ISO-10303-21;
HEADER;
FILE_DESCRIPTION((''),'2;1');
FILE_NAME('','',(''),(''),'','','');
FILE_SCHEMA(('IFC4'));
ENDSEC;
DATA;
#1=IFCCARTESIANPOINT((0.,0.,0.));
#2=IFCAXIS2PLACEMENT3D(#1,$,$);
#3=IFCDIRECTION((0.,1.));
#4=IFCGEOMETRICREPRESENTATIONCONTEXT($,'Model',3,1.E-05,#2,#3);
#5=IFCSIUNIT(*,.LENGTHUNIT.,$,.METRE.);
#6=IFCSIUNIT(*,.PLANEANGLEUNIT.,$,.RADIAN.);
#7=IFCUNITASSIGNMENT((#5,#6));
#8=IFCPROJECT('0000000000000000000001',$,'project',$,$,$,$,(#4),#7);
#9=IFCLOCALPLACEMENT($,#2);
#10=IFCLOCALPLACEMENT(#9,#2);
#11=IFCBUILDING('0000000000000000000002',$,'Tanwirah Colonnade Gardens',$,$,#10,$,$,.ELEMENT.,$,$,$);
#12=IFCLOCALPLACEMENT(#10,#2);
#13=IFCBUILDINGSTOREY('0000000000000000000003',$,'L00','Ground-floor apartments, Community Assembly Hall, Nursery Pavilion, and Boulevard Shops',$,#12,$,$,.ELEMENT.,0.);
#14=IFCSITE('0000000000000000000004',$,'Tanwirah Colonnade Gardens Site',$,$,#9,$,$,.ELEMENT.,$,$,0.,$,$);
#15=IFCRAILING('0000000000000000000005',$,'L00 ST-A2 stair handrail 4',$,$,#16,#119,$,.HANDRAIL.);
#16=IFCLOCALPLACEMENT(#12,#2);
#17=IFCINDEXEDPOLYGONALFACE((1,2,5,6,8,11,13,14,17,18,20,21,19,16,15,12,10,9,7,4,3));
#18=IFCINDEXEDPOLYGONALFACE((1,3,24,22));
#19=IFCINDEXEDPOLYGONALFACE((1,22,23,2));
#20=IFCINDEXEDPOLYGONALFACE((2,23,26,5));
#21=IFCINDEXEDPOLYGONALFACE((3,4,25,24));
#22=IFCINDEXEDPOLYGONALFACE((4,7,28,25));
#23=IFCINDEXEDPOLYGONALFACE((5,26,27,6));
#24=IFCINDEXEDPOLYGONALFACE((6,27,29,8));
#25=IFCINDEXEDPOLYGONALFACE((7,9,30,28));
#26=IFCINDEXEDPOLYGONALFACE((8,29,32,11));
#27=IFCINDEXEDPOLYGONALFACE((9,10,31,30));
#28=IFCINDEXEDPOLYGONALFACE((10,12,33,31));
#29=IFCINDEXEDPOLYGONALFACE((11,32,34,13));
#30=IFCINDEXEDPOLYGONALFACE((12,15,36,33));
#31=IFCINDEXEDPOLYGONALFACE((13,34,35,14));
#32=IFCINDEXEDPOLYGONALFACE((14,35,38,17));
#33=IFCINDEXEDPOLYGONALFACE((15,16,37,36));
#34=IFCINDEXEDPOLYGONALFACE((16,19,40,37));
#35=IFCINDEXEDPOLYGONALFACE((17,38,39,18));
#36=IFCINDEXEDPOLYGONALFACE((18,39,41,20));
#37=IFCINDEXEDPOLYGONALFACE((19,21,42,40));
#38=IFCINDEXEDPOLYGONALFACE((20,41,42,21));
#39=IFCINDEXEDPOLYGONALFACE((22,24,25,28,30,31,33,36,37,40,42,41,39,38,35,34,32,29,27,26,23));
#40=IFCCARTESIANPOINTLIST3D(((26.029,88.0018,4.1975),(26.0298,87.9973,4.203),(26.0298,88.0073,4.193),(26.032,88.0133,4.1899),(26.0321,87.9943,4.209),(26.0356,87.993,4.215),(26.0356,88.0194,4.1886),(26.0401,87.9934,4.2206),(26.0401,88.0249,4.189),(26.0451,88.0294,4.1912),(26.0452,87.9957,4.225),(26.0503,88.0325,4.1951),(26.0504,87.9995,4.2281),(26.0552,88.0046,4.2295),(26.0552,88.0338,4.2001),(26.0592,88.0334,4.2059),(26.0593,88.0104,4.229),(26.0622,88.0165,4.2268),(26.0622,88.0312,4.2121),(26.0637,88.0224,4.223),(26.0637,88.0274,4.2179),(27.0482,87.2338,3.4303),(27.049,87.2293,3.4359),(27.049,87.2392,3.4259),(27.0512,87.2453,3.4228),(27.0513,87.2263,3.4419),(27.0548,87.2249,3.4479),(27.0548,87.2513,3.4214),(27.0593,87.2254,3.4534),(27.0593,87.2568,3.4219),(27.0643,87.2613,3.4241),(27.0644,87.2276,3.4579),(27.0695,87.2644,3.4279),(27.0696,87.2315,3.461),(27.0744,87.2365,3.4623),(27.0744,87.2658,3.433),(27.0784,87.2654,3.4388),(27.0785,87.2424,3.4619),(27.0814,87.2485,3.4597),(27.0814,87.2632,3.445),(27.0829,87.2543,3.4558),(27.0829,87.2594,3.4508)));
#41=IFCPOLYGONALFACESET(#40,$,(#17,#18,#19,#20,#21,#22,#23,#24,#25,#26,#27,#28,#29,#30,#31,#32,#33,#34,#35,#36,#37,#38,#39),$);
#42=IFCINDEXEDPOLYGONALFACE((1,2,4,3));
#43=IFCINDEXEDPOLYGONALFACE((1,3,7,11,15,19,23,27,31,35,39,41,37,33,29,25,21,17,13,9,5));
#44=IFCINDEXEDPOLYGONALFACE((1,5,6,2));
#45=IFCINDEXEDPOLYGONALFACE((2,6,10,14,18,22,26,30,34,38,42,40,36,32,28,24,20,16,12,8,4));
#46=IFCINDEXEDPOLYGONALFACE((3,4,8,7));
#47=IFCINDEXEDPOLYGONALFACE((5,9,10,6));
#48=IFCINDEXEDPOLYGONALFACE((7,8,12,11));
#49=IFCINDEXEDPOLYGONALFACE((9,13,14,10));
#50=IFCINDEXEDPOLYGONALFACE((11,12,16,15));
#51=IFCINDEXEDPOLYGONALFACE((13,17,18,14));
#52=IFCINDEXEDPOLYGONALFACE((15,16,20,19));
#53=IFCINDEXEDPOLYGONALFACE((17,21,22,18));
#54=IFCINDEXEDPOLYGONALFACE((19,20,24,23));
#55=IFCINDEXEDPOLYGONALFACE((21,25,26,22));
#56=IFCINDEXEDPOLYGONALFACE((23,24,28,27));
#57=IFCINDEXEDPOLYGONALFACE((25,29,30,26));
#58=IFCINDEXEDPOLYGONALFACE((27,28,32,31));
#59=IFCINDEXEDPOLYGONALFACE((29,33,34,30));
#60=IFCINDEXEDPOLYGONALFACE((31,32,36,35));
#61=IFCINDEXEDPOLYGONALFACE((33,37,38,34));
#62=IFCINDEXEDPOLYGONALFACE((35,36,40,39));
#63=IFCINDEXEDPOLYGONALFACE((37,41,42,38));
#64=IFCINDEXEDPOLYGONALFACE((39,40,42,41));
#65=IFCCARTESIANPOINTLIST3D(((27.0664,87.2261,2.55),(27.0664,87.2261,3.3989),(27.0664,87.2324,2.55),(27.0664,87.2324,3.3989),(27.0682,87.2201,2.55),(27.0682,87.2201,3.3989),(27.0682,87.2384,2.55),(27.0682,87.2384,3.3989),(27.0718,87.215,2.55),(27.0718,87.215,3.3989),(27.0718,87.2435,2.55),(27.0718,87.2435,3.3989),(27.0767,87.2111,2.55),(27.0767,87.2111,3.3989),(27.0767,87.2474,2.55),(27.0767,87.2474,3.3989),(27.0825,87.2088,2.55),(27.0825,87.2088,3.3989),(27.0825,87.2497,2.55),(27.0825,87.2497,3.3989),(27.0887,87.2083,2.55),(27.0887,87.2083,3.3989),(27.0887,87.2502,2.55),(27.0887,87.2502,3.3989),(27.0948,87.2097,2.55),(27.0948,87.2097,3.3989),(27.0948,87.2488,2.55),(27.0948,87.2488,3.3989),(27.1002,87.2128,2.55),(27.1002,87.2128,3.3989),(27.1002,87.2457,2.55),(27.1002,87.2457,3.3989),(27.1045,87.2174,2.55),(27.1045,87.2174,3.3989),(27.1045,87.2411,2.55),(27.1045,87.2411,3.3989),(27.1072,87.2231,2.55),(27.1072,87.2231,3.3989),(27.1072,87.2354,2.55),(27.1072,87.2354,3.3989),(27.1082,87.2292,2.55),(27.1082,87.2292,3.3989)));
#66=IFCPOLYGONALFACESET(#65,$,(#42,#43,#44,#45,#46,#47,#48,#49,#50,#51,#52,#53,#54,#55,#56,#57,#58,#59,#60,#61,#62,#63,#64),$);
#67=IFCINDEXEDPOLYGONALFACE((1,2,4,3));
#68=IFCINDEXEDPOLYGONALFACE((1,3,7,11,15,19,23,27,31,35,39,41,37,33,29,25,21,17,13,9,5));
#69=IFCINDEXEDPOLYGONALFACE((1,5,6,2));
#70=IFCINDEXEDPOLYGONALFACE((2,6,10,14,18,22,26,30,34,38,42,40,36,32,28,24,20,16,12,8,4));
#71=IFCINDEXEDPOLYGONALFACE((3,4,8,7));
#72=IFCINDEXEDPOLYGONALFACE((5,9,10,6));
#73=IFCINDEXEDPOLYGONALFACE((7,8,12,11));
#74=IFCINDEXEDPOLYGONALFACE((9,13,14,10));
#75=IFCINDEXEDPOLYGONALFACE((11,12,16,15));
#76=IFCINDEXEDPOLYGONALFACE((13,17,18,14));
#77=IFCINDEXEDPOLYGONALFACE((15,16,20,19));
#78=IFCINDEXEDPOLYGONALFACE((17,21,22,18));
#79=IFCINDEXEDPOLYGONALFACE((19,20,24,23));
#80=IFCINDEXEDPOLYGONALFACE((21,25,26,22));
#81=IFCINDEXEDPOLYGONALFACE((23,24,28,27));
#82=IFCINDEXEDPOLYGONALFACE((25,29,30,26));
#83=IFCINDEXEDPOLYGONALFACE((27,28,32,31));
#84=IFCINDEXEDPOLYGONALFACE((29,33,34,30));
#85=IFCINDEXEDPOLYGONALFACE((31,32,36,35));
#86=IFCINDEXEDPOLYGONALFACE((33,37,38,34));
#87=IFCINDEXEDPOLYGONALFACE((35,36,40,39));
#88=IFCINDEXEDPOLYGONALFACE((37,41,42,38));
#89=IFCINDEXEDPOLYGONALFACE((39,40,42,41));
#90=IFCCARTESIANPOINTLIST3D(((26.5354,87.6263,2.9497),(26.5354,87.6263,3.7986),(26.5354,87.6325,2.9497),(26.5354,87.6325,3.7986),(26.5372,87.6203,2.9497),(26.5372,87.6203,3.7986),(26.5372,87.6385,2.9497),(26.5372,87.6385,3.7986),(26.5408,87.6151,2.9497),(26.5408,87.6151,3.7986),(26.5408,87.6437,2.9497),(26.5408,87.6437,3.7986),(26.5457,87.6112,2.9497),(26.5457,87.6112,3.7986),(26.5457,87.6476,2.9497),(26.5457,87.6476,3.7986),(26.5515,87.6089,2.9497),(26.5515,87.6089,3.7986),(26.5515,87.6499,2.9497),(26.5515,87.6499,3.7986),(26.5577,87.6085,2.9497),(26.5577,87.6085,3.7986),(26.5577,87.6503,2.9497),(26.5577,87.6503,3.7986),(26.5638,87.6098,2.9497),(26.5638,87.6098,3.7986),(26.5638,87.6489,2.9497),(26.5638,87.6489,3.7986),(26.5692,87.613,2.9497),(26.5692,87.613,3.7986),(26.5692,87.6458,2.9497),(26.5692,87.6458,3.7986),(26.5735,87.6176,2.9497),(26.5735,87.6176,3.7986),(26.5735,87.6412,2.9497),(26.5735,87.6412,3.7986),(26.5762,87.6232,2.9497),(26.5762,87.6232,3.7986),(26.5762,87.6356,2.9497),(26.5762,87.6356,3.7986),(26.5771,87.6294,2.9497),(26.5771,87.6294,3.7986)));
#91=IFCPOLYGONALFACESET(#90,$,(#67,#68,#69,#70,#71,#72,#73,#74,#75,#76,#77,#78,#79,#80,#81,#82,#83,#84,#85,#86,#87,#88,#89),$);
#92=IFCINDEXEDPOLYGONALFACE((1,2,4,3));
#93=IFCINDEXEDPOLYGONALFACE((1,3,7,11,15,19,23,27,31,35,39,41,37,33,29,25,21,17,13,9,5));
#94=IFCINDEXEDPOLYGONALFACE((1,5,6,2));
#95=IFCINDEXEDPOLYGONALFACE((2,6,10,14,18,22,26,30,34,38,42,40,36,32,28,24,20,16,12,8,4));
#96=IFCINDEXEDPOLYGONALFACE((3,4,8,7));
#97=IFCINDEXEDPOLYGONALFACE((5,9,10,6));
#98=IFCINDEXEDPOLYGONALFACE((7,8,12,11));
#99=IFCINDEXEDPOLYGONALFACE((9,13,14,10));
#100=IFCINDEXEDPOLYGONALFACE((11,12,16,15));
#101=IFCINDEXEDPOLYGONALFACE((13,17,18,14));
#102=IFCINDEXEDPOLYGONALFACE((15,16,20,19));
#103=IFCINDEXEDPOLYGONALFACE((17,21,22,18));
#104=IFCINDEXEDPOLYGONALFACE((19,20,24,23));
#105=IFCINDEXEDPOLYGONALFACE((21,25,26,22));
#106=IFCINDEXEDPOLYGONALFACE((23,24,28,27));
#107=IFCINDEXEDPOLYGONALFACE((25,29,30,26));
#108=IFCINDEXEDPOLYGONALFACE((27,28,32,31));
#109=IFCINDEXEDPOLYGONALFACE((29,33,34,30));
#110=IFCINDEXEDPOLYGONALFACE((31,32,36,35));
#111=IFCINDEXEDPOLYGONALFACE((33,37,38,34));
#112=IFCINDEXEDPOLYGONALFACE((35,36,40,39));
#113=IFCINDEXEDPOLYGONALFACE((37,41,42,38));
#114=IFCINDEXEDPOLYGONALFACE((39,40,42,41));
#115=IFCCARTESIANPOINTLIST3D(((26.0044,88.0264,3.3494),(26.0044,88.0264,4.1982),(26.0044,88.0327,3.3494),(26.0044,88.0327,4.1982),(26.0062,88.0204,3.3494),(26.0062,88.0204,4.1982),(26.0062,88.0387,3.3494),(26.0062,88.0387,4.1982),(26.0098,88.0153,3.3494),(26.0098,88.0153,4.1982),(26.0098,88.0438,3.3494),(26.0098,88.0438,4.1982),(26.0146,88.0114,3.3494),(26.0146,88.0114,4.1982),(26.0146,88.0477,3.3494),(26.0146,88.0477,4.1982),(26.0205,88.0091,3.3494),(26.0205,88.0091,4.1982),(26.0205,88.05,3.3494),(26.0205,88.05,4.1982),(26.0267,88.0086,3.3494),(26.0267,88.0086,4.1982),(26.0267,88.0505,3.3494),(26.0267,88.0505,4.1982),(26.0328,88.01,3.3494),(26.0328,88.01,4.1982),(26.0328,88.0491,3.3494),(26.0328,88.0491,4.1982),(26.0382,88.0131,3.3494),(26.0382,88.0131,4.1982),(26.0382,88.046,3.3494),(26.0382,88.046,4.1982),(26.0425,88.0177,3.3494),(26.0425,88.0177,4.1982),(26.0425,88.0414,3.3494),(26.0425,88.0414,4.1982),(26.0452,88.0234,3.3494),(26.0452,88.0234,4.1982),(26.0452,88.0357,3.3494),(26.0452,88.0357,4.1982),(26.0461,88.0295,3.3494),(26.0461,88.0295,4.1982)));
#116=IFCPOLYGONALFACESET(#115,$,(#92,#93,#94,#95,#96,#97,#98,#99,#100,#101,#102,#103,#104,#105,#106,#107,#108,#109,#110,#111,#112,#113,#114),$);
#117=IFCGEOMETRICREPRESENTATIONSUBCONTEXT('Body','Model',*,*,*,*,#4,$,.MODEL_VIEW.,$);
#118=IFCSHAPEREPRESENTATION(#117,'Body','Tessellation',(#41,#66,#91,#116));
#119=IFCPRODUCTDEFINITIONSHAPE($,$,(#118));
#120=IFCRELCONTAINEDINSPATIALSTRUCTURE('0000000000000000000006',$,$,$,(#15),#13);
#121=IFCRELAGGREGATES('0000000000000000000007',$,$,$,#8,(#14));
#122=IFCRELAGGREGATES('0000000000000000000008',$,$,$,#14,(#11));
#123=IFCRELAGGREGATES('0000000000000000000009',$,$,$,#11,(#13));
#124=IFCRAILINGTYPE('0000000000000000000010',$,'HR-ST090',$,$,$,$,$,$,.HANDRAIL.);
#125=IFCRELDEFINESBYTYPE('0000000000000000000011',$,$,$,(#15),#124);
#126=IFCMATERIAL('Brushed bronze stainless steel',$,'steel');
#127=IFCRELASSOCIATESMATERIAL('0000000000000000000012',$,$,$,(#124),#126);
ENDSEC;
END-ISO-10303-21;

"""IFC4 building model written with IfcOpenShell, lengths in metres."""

from ifc_helpers import new_model, si_unit, direction, frame, origin, origin_2d, place, context, subcontext, project, spatial, circle, extrude, material, type_object, element, save


model = new_model("IFC4")

# Units and contexts
model_context = context("Model", 3, precision=1e-05, world=origin(), true_north=direction((0.0, 1.0)))
body_context = subcontext(model_context, "Body", "Model", "MODEL_VIEW")
ifc_project = project(units=[si_unit("LENGTHUNIT", "METRE"), si_unit("PLANEANGLEUNIT", "RADIAN")], contexts=[model_context])

# Site, building, storey
site_placement = place(None, origin())
site = spatial("IfcSite", under=ifc_project, at=site_placement, Name="Tanwirah Colonnade Gardens Site", CompositionType="ELEMENT", RefElevation=0.0)
building_placement = place(site_placement, origin())
building = spatial("IfcBuilding", under=site, at=building_placement, Name="Tanwirah Colonnade Gardens", CompositionType="ELEMENT")
storey_placement = place(building_placement, origin())
storey = spatial("IfcBuildingStorey", under=building, at=storey_placement, Name="L00", Description="Ground-floor apartments, Community Assembly Hall, Nursery Pavilion, and Boulevard Shops", CompositionType="ELEMENT", Elevation=0.0)

# Railing
ifc_material_1 = material(Name="Brushed bronze stainless steel", Category="steel")
railing_type_1 = type_object("IfcRailingType", Name="HR-ST090", PredefinedType="HANDRAIL", material=ifc_material_1)
railing_1_placement = place(storey_placement, frame((27.0872, 87.2292, 2.55)))
element("IfcRailing", 1, at=railing_1_placement, inside=storey, type_object=railing_type_1, Name="L00 ST-A2 stair handrail 4", PredefinedType="HANDRAIL", context=body_context, shape_type="SweptSolid", body=[
    extrude(circle(Radius=0.0239, at=origin_2d()), frame((-0.0215, 0.0161, 0.8918), z_axis=(-0.684493, 0.515809, 0.51518), x_axis=(-0.60182, -0.798632, 0.0)), (0.0, 0.0, 1.0), 1.489),
    extrude(circle(Radius=0.021, at=origin_2d()), origin(), (0.0, 0.0, 1.0), 0.8489),
    extrude(circle(Radius=0.021, at=origin_2d()), frame((-0.531, 0.4001, 0.3997)), (0.0, 0.0, 1.0), 0.8489),
    extrude(circle(Radius=0.021, at=origin_2d()), frame((-1.062, 0.8003, 0.7993)), (0.0, 0.0, 1.0), 0.8489),
])

save(model, "model.ifc")
